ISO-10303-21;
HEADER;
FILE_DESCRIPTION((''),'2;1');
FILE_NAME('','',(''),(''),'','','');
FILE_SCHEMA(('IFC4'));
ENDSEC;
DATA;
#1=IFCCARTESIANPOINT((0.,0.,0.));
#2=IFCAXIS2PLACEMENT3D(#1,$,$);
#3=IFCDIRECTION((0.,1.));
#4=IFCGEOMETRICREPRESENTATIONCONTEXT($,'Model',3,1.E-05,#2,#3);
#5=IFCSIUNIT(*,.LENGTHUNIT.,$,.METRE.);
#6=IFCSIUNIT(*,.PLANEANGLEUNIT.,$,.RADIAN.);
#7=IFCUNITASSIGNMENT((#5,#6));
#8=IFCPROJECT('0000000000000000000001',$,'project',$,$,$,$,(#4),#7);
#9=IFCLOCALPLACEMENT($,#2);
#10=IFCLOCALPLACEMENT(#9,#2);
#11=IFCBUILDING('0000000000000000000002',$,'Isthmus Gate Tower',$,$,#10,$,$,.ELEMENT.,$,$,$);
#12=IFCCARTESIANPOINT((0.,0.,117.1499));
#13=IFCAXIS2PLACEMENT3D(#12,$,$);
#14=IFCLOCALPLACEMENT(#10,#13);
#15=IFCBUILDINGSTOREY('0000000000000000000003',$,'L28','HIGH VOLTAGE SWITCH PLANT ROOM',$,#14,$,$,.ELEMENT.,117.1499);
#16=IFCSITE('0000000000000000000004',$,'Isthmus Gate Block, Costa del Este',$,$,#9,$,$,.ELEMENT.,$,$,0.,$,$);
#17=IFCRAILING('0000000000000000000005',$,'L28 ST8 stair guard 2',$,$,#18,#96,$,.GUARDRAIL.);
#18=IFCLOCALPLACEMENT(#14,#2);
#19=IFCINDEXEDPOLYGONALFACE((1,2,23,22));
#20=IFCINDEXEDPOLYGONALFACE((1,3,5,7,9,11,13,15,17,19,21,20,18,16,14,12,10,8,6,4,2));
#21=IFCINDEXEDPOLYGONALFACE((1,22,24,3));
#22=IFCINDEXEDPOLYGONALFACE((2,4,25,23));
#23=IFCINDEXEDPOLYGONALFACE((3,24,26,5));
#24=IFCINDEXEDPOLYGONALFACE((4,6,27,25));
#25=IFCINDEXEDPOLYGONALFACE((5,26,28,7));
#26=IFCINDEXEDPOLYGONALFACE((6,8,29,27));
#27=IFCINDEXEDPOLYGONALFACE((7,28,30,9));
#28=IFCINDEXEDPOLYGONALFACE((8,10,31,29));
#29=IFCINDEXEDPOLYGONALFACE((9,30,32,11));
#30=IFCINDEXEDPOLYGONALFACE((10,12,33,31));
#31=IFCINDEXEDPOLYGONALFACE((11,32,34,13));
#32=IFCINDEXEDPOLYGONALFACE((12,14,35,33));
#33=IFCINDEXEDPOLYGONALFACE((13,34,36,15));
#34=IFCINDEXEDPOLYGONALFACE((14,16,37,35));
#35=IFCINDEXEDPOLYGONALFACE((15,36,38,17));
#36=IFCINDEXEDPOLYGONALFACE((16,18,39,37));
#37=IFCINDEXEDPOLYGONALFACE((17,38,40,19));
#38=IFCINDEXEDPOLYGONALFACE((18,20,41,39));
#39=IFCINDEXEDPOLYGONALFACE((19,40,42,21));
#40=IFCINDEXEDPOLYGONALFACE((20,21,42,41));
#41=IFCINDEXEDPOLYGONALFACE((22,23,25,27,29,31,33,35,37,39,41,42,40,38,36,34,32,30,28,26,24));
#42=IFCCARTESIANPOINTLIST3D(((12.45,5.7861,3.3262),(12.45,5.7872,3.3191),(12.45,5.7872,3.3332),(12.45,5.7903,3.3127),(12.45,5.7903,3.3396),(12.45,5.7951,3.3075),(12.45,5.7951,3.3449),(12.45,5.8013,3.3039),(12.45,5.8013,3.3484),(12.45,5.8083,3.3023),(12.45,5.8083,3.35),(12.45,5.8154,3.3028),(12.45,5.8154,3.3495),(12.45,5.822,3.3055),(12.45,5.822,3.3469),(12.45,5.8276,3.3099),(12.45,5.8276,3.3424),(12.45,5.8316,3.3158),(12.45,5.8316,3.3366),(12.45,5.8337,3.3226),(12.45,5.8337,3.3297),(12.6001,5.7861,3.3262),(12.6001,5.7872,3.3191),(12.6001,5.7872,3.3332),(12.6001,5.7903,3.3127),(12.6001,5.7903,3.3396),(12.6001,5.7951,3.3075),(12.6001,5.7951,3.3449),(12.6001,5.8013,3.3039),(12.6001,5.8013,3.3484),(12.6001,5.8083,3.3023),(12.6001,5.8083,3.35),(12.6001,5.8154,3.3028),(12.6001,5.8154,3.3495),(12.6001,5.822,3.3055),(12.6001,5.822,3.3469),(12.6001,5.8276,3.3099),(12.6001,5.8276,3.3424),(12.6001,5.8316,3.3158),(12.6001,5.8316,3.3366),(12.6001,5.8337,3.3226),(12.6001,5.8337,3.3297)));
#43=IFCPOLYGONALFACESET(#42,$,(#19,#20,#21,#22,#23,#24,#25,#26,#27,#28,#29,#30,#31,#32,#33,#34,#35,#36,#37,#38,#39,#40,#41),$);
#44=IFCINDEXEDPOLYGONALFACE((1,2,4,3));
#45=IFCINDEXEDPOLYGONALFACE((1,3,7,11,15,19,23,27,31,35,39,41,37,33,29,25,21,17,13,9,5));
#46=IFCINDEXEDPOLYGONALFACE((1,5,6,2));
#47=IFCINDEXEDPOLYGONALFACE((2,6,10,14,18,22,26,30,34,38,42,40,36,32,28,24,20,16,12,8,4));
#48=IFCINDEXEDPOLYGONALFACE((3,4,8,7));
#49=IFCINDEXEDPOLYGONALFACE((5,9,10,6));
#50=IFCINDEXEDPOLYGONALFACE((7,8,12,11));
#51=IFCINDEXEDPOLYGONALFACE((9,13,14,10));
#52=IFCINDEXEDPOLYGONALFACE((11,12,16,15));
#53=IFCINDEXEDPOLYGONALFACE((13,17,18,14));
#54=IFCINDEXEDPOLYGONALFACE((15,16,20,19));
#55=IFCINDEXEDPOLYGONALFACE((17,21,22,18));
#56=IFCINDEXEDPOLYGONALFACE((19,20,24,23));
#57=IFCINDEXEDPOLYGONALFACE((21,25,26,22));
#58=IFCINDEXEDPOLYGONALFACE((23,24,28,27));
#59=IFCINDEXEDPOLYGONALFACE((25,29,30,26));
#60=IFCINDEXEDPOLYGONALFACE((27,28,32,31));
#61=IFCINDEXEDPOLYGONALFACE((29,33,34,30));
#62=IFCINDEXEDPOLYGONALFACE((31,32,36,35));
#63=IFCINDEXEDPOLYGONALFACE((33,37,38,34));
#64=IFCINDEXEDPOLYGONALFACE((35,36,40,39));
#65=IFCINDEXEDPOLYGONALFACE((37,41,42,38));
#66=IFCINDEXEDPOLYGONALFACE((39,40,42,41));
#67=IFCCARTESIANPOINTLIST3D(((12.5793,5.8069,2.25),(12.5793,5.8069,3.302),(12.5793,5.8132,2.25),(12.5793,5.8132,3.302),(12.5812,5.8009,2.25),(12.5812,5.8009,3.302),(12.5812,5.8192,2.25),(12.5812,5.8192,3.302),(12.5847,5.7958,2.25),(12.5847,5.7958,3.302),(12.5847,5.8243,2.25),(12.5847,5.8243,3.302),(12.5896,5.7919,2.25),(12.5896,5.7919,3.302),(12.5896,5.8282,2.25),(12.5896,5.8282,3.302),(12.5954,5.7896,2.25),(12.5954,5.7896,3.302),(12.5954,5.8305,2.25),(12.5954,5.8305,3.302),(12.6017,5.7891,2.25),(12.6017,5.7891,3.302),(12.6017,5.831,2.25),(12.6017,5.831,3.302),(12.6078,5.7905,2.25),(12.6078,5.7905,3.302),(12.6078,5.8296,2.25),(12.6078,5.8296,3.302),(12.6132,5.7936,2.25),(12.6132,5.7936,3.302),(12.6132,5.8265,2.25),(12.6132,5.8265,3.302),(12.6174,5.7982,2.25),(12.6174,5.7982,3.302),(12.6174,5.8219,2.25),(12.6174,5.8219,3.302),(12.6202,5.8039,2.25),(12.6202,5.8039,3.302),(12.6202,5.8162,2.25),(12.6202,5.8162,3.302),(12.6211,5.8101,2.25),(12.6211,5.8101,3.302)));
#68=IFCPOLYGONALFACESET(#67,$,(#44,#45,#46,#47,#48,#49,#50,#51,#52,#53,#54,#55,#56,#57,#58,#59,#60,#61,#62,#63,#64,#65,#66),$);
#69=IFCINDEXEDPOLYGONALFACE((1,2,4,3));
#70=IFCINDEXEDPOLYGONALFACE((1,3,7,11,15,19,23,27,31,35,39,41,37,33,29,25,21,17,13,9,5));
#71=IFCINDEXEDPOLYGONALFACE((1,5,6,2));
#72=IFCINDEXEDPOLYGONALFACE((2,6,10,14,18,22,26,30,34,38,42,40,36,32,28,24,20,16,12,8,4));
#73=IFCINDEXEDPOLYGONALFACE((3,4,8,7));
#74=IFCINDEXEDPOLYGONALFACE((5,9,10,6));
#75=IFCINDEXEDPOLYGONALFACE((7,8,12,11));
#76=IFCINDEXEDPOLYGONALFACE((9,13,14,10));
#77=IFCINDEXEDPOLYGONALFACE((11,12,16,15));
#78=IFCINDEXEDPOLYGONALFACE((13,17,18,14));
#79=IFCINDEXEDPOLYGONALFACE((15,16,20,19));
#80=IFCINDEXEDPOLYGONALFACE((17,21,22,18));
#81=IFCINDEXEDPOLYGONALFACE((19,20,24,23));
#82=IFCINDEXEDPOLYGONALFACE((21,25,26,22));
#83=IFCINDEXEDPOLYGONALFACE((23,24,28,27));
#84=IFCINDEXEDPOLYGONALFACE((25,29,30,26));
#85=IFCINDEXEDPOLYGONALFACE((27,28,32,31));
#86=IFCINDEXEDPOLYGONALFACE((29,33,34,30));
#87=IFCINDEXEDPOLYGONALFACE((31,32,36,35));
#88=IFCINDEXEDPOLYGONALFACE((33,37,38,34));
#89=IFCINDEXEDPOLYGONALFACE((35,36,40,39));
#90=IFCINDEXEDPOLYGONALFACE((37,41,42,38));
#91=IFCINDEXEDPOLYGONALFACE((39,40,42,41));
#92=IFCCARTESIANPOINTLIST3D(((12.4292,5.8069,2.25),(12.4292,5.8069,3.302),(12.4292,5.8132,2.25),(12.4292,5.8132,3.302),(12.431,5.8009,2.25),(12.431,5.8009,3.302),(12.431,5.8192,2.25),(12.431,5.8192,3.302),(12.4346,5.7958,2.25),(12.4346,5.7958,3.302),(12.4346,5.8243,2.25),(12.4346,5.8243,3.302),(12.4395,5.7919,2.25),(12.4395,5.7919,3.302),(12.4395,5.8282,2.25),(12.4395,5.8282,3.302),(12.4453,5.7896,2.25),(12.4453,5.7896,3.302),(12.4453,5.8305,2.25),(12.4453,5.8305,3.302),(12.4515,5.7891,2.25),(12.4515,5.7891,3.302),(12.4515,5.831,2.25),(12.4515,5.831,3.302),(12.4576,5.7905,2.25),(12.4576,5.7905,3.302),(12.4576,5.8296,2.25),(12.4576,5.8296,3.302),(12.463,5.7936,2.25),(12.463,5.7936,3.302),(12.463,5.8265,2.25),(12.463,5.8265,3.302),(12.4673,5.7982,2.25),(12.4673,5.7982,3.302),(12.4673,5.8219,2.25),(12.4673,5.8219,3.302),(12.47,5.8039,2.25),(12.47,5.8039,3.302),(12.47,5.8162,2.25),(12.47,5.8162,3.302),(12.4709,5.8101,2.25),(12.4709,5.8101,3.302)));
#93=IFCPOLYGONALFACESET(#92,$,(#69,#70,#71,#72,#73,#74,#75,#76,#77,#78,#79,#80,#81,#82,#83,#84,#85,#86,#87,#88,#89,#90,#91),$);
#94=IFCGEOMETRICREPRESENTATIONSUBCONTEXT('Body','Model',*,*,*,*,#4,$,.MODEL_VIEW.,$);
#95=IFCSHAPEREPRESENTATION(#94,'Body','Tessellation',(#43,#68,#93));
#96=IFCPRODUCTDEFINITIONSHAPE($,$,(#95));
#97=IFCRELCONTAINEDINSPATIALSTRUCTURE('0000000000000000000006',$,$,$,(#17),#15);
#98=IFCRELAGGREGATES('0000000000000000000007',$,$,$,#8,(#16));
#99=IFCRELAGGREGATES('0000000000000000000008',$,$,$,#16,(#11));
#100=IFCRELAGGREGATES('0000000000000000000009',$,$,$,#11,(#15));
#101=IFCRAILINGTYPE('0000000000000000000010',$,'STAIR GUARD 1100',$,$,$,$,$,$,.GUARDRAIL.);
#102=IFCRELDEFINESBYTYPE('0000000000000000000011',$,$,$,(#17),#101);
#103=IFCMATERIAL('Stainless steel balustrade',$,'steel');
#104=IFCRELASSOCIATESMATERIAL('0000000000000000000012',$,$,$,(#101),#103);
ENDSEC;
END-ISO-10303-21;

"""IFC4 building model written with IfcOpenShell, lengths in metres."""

from ifc_helpers import new_model, si_unit, direction, frame, origin, origin_2d, place, context, subcontext, project, spatial, circle, extrude, material, type_object, element, save


model = new_model("IFC4")

# Units and contexts
model_context = context("Model", 3, precision=1e-05, world=origin(), true_north=direction((0.0, 1.0)))
body_context = subcontext(model_context, "Body", "Model", "MODEL_VIEW")
ifc_project = project(units=[si_unit("LENGTHUNIT", "METRE"), si_unit("PLANEANGLEUNIT", "RADIAN")], contexts=[model_context])

# Site, building, storey
site_placement = place(None, origin())
site = spatial("IfcSite", under=ifc_project, at=site_placement, Name="Isthmus Gate Block, Costa del Este", CompositionType="ELEMENT", RefElevation=0.0)
building_placement = place(site_placement, origin())
building = spatial("IfcBuilding", under=site, at=building_placement, Name="Isthmus Gate Tower", CompositionType="ELEMENT")
storey_placement = place(building_placement, frame((0.0, 0.0, 117.1499)))
storey = spatial("IfcBuildingStorey", under=building, at=storey_placement, Name="L28", Description="HIGH VOLTAGE SWITCH PLANT ROOM", CompositionType="ELEMENT", Elevation=117.1499)

# Railing
ifc_material_1 = material(Name="Stainless steel balustrade", Category="steel")
railing_type_1 = type_object("IfcRailingType", Name="STAIR GUARD 1100", PredefinedType="GUARDRAIL", material=ifc_material_1)
railing_1_placement = place(storey_placement, frame((12.6001, 5.8101, 2.25)))
element("IfcRailing", 1, at=railing_1_placement, inside=storey, type_object=railing_type_1, Name="L28 ST8 stair guard 2", PredefinedType="GUARDRAIL", context=body_context, shape_type="SweptSolid", body=[
    extrude(circle(Radius=0.0239, at=origin_2d()), frame((0.0, 0.0, 1.0762), z_axis=(-1.0, 0.0, 0.0), x_axis=(0.0, -1.0, 0.0)), (0.0, 0.0, 1.0), 0.1501),
    extrude(circle(Radius=0.021, at=origin_2d()), origin(), (0.0, 0.0, 1.0), 1.052),
    extrude(circle(Radius=0.021, at=origin_2d()), frame((-0.1501, 0.0, 0.0)), (0.0, 0.0, 1.0), 1.052),
])

save(model, "model.ifc")
